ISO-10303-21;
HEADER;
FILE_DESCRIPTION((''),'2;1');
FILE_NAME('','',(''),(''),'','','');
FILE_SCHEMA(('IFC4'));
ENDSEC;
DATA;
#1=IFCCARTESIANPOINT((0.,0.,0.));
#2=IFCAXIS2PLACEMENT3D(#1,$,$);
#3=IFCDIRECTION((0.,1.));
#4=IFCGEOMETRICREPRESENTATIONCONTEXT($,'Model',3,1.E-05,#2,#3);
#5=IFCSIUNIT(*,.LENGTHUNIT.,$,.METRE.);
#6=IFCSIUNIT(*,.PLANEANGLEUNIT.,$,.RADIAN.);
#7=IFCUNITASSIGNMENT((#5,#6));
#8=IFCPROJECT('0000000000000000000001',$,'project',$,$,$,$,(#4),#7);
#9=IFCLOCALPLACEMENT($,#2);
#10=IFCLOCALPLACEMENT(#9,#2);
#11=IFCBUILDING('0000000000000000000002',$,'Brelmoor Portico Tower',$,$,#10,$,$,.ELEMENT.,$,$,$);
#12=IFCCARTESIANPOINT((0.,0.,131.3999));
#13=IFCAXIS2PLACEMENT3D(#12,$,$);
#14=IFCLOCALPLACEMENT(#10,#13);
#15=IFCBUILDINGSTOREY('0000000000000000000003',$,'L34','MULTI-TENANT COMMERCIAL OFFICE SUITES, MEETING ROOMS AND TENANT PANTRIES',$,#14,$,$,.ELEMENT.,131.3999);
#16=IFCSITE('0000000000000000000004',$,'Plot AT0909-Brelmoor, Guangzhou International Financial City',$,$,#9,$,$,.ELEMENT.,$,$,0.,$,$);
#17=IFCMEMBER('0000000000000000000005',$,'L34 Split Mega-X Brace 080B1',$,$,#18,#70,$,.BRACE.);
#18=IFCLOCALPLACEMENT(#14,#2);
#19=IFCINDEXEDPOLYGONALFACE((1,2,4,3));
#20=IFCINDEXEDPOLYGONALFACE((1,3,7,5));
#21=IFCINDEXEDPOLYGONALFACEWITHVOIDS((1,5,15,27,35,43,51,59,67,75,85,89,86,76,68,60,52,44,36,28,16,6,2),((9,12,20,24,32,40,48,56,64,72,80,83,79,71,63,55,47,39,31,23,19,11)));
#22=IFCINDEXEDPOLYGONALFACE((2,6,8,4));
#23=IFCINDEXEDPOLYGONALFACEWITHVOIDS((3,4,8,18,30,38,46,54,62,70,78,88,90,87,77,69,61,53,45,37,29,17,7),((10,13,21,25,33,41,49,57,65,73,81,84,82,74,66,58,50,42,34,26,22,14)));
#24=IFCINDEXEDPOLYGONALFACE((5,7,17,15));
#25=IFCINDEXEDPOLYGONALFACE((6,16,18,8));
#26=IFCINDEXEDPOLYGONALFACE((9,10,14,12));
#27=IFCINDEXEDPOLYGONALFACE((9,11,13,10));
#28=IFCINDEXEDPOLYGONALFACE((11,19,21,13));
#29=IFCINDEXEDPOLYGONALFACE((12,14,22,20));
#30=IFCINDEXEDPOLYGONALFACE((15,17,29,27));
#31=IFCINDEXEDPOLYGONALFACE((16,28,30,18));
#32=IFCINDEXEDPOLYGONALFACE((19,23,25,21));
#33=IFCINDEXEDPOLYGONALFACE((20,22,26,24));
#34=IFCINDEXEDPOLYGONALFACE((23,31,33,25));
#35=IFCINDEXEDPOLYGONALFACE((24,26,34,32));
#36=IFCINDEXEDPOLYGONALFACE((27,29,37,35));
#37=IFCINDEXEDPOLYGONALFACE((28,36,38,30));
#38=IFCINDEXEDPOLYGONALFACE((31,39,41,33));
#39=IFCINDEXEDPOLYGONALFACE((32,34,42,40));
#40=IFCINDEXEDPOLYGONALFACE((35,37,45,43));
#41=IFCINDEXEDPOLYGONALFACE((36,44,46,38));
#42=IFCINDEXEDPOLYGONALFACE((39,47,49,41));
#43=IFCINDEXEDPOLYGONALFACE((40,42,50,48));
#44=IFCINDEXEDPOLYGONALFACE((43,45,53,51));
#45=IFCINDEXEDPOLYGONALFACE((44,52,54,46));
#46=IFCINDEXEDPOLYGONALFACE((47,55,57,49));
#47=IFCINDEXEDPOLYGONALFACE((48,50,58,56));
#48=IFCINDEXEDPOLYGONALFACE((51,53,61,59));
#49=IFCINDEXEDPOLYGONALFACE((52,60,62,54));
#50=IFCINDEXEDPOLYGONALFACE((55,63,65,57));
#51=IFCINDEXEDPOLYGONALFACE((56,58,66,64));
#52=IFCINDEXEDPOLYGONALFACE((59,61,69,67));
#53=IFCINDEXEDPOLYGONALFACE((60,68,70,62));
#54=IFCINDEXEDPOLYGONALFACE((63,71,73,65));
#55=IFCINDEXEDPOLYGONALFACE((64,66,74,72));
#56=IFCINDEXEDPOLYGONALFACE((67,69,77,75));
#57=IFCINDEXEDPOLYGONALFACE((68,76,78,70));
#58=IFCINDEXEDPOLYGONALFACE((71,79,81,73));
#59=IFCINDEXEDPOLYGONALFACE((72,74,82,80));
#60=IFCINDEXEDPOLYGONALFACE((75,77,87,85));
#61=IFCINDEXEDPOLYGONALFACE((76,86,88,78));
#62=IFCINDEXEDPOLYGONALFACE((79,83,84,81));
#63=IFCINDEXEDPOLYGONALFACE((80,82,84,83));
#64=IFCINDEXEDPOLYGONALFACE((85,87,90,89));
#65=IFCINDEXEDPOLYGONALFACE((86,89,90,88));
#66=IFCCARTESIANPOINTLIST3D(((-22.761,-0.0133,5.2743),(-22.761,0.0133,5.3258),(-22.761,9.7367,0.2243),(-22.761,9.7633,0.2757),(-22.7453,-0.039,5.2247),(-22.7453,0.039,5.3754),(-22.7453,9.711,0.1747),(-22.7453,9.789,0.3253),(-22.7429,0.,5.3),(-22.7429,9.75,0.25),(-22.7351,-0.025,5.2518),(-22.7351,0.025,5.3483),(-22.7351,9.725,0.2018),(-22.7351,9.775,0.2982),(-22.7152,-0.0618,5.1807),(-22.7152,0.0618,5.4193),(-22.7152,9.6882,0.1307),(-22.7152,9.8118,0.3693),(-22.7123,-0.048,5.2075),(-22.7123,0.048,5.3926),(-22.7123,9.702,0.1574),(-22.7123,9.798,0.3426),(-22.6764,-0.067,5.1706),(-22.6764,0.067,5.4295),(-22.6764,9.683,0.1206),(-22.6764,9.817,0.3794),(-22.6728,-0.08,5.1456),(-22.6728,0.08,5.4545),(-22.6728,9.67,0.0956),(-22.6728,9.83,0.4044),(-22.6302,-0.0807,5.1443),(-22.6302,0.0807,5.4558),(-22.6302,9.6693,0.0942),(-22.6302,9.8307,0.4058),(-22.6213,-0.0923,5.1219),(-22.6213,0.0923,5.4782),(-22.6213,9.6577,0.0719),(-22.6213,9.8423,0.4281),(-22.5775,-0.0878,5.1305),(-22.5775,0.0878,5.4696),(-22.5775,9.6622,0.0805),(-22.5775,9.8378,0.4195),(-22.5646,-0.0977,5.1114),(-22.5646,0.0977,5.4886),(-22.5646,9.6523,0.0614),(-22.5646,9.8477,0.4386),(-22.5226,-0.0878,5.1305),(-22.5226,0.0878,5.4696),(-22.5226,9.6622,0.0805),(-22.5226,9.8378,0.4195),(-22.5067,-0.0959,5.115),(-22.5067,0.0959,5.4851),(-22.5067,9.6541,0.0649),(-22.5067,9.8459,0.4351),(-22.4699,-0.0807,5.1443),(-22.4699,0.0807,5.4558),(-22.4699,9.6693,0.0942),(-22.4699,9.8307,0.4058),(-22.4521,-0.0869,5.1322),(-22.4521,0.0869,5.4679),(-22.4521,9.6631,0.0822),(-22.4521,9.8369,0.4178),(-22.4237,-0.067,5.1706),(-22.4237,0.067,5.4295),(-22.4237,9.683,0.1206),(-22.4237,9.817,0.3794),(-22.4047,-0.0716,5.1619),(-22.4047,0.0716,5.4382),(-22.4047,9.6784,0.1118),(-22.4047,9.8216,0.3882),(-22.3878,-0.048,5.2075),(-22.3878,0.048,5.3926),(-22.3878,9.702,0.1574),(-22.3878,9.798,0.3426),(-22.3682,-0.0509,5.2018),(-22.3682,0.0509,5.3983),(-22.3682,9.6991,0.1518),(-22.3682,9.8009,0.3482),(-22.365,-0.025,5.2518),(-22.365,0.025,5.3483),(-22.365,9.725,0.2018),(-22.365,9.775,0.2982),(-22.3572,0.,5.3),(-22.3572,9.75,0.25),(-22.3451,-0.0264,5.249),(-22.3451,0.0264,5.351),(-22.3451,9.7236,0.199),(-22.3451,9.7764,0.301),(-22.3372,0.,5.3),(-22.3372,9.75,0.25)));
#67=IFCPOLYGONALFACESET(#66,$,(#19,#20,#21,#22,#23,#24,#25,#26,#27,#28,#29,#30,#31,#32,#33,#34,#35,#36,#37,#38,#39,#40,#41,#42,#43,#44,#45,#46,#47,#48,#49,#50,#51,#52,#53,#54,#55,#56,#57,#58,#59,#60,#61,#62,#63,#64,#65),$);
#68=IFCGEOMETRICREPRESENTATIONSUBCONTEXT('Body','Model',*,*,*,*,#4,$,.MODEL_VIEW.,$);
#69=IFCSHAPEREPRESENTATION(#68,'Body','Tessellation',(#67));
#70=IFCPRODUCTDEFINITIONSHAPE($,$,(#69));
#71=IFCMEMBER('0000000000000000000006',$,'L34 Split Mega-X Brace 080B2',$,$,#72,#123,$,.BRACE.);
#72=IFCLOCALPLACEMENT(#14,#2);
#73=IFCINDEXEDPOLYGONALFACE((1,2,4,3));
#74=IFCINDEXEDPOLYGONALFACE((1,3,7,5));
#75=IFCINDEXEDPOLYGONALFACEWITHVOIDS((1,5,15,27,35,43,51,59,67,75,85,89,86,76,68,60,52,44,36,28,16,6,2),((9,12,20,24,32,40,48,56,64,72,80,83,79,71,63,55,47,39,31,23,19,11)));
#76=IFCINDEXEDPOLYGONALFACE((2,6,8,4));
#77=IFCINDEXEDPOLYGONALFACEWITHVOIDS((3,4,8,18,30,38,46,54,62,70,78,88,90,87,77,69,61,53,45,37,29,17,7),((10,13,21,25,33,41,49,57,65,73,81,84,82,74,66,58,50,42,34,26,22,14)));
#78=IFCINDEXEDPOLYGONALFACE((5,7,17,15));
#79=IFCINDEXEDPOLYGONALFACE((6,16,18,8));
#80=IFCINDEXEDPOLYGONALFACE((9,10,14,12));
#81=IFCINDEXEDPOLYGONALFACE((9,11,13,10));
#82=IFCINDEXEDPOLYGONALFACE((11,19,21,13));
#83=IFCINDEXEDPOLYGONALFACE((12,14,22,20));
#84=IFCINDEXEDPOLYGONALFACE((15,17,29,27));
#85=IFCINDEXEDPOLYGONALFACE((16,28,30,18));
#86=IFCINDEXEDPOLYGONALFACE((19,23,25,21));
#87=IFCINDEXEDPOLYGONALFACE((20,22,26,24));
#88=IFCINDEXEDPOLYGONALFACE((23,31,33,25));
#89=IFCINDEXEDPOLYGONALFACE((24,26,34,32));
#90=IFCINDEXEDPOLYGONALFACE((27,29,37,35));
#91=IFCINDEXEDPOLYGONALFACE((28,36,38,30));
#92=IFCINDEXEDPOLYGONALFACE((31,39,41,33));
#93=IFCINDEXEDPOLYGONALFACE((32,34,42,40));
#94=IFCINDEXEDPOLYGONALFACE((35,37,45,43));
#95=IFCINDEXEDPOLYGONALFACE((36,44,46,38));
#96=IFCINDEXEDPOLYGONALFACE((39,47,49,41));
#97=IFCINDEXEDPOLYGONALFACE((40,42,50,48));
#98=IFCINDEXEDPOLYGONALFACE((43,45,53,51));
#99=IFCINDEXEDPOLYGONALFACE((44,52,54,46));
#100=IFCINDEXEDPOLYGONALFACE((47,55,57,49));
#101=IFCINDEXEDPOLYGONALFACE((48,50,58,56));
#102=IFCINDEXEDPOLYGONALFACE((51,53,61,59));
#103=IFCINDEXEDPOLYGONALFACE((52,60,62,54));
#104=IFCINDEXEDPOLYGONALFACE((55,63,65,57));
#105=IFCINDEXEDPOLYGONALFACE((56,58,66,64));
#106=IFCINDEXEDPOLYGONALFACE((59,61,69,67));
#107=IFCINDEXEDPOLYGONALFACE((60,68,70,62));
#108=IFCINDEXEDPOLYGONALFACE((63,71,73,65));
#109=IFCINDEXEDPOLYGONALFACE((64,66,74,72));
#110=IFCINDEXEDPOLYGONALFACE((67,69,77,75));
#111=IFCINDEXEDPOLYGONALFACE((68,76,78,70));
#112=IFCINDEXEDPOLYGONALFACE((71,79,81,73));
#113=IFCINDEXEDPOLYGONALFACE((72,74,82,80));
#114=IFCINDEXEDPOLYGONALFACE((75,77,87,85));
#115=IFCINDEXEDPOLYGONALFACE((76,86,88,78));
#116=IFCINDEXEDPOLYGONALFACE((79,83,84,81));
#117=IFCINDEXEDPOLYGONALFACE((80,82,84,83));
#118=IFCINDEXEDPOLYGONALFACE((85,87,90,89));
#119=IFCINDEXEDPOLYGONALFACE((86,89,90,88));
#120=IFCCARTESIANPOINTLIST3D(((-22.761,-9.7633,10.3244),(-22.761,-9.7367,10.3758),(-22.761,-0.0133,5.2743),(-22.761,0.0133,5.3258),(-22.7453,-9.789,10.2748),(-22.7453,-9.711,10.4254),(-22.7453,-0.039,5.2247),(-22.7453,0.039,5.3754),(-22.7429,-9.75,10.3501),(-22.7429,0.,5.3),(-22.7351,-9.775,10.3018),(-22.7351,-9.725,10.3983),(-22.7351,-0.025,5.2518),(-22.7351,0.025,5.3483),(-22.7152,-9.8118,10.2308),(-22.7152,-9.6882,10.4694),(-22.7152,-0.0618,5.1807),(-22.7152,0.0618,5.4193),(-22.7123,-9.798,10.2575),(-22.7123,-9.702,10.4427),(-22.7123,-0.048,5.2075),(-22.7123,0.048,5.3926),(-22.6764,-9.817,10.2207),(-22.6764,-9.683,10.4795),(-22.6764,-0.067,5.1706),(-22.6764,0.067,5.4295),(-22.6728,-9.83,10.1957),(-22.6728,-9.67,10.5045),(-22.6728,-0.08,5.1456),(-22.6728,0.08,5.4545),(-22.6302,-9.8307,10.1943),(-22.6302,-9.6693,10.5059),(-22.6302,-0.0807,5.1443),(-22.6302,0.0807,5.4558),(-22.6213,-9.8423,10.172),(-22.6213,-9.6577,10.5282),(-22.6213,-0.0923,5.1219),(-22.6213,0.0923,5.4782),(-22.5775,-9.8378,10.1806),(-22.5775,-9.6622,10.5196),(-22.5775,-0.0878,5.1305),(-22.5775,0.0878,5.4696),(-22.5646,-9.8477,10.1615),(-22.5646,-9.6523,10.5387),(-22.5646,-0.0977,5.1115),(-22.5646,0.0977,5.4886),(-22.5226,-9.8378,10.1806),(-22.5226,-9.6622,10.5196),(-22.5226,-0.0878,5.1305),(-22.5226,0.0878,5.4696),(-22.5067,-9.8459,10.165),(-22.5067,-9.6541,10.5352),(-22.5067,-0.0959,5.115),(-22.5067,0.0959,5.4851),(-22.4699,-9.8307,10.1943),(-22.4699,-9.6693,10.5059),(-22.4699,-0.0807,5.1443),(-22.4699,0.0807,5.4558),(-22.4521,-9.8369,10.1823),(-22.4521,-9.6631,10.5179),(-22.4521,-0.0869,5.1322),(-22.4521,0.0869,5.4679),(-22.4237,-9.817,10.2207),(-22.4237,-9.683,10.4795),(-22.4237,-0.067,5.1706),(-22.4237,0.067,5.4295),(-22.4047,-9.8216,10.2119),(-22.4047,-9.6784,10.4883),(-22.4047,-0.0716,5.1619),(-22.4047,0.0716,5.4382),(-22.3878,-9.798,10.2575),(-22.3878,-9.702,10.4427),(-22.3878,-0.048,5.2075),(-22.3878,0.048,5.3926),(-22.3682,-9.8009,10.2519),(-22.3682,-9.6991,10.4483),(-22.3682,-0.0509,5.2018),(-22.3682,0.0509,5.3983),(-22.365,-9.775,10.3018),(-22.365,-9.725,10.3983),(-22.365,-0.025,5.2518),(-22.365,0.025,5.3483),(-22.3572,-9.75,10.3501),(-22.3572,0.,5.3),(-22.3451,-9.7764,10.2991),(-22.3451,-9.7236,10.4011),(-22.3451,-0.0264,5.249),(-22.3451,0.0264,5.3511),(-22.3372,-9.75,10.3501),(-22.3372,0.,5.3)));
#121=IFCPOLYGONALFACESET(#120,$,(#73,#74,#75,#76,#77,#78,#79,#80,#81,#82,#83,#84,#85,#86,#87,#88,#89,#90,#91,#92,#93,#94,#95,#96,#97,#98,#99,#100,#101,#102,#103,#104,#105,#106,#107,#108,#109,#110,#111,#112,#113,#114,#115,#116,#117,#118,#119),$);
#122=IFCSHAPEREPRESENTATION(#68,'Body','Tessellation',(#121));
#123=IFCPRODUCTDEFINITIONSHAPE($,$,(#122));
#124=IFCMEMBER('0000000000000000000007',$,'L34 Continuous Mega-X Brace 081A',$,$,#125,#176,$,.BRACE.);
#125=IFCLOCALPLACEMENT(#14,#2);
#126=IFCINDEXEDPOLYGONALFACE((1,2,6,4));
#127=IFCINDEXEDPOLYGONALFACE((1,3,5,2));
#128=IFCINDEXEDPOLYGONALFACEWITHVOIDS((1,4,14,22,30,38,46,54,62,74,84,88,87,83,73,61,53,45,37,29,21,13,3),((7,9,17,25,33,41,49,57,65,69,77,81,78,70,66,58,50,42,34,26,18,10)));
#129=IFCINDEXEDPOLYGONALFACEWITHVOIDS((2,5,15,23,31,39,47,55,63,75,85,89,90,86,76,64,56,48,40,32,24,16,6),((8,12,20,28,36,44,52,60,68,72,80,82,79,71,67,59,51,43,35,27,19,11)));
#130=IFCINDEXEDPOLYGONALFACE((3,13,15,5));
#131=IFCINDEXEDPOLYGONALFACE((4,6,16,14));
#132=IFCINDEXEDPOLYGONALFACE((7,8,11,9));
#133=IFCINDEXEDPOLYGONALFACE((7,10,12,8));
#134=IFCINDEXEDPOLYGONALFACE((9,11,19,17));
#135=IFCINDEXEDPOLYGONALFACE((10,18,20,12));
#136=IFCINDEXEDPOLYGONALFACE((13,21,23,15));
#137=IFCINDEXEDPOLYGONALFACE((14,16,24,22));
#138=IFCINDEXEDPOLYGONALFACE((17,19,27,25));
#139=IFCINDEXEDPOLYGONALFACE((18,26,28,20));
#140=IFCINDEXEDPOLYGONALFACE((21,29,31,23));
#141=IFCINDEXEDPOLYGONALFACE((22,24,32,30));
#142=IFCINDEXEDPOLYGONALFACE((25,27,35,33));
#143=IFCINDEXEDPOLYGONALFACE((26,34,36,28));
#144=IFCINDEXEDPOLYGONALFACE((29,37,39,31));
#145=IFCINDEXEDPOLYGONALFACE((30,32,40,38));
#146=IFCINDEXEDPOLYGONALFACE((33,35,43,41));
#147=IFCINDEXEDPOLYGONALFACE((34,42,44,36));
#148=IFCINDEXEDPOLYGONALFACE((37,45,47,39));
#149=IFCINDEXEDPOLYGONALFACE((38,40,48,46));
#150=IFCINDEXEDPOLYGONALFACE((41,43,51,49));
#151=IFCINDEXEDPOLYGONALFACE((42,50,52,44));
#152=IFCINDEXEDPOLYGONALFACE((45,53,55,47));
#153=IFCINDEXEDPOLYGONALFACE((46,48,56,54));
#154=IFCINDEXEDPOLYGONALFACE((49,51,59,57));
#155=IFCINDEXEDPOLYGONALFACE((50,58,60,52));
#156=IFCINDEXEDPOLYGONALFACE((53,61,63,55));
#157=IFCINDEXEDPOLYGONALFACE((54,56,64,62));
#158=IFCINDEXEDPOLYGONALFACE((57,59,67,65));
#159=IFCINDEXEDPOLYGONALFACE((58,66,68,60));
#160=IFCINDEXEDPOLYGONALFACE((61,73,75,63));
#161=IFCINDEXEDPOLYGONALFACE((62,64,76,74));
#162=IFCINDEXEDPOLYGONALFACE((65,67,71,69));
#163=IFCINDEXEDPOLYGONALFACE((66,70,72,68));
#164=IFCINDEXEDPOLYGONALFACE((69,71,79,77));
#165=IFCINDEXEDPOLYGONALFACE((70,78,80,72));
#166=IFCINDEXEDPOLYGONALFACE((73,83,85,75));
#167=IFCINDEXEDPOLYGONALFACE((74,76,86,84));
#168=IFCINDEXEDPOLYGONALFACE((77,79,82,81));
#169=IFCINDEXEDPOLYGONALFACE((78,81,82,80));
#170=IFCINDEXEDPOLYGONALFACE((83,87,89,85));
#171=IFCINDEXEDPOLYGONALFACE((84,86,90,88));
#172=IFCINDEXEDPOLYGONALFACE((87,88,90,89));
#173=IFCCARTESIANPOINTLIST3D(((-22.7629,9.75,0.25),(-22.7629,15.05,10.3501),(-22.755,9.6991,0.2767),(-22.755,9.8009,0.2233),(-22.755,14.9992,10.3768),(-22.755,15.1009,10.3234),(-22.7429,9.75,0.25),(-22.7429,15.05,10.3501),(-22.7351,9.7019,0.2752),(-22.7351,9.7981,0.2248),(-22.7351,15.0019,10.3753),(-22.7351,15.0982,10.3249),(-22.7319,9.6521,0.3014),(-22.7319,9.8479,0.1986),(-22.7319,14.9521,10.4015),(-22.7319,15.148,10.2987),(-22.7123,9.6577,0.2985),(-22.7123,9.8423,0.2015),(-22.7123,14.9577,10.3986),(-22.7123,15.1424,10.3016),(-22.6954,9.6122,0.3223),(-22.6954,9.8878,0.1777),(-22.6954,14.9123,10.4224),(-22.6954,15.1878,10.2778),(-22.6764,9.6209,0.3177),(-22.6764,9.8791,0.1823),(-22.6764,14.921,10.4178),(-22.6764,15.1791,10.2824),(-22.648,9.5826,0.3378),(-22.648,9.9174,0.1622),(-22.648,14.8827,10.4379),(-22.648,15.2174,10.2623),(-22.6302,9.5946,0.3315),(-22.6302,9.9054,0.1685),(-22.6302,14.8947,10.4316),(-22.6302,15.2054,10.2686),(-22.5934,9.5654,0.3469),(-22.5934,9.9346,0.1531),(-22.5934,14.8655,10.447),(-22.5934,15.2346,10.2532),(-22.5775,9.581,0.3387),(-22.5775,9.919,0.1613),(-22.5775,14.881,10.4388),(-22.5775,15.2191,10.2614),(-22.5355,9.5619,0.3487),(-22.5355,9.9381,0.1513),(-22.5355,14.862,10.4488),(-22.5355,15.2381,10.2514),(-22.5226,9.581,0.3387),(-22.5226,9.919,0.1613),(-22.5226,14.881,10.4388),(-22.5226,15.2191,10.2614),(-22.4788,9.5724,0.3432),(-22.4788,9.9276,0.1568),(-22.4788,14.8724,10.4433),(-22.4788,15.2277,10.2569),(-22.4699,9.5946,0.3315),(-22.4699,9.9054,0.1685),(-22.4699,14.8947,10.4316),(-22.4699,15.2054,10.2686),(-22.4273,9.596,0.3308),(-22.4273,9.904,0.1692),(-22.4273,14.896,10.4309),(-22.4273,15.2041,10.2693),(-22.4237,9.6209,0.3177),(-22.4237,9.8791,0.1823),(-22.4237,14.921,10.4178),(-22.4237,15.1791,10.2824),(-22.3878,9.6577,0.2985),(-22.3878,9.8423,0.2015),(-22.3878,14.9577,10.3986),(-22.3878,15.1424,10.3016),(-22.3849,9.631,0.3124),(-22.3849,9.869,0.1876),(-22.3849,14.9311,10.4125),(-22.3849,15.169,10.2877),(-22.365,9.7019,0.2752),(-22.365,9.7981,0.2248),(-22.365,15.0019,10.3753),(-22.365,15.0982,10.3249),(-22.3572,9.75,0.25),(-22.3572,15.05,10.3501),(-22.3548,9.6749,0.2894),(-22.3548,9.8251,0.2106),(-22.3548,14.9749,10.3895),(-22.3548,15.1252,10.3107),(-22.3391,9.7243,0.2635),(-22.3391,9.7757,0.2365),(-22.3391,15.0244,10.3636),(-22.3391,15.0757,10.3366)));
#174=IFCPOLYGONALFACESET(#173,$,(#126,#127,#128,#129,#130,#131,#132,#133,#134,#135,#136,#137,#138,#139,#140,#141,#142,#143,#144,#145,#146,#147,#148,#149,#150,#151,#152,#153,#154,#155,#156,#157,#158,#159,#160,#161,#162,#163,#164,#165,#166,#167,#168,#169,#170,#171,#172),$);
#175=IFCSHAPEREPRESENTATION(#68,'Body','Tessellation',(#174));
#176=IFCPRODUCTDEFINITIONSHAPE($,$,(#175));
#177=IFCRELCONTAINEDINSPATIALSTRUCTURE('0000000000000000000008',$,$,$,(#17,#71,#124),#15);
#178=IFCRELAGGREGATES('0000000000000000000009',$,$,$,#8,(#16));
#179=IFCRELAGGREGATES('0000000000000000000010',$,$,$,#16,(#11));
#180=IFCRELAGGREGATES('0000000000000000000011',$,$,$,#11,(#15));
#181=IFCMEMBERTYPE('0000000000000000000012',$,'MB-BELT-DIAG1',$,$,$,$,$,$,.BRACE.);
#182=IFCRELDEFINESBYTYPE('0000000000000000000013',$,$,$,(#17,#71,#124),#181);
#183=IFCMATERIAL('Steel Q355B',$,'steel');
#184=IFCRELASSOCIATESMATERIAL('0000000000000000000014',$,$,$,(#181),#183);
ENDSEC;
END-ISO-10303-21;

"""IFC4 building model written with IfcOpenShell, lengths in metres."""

from ifc_helpers import new_model, si_unit, direction, frame, origin, origin_2d, place, context, subcontext, project, spatial, hollow_circle, extrude, material, material_profile, profile_set, type_object, element, save


model = new_model("IFC4")

# Units and contexts
model_context = context("Model", 3, precision=1e-05, world=origin(), true_north=direction((0.0, 1.0)))
body_context = subcontext(model_context, "Body", "Model", "MODEL_VIEW")
ifc_project = project(units=[si_unit("LENGTHUNIT", "METRE"), si_unit("PLANEANGLEUNIT", "RADIAN")], contexts=[model_context])

# Site, building, storey
site_placement = place(None, origin())
site = spatial("IfcSite", under=ifc_project, at=site_placement, Name="Plot AT0909-Brelmoor, Guangzhou International Financial City", CompositionType="ELEMENT", RefElevation=0.0)
building_placement = place(site_placement, origin())
building = spatial("IfcBuilding", under=site, at=building_placement, Name="Brelmoor Portico Tower", CompositionType="ELEMENT")
storey_placement = place(building_placement, frame((0.0, 0.0, 131.3999)))
storey = spatial("IfcBuildingStorey", under=building, at=storey_placement, Name="L34", Description="MULTI-TENANT COMMERCIAL OFFICE SUITES, MEETING ROOMS AND TENANT PANTRIES", CompositionType="ELEMENT", Elevation=131.3999)

# Shared definitions
ifc_material_1 = material(Name="Steel Q355B", Category="steel")

# Members
ifc_material_profile_1 = material_profile(ifc_material_1, hollow_circle(Radius=0.2129, WallThickness=0.02, at=origin_2d()), Name="CHS 426x20")
ifc_profile_set_1 = profile_set([ifc_material_profile_1], Name="Steel Q355B")
member_type_1 = type_object("IfcMemberType", Name="MB-BELT-DIAG1", PredefinedType="BRACE", material=ifc_profile_set_1)
for number, where, z_axis, x_axis, name in (
    (1, (-22.55, 9.75, 0.25), (0.0, -0.887959, 0.459922), (1.0, 0.0, 0.0), "L34 Split Mega-X Brace 080B1"),
    (2, (-22.55, 0.0, 5.3), (0.0, -0.887959, 0.459922), (1.0, 0.0, 0.0), "L34 Split Mega-X Brace 080B2"),
):
    element("IfcMember", number, at=place(storey_placement, frame(where, z_axis=z_axis, x_axis=x_axis)), inside=storey, type_object=member_type_1, Name=name, PredefinedType="BRACE", context=body_context, shape_type="SweptSolid", body=[
        extrude(hollow_circle(Radius=0.2129, WallThickness=0.02, at=origin_2d()), origin(), (0.0, 0.0, 1.0), 10.9802),
    ])
member_1_placement = place(storey_placement, frame((-22.55, 9.75, 0.25), z_axis=(0.0, 0.464662, 0.885488), x_axis=(-1.0, 0.0, 0.0)))
element("IfcMember", 3, at=member_1_placement, inside=storey, type_object=member_type_1, Name="L34 Continuous Mega-X Brace 081A", PredefinedType="BRACE", context=body_context, shape_type="SweptSolid", body=[
    extrude(hollow_circle(Radius=0.2129, WallThickness=0.02, at=origin_2d()), origin(), (0.0, 0.0, 1.0), 11.4062),
])

save(model, "model.ifc")
